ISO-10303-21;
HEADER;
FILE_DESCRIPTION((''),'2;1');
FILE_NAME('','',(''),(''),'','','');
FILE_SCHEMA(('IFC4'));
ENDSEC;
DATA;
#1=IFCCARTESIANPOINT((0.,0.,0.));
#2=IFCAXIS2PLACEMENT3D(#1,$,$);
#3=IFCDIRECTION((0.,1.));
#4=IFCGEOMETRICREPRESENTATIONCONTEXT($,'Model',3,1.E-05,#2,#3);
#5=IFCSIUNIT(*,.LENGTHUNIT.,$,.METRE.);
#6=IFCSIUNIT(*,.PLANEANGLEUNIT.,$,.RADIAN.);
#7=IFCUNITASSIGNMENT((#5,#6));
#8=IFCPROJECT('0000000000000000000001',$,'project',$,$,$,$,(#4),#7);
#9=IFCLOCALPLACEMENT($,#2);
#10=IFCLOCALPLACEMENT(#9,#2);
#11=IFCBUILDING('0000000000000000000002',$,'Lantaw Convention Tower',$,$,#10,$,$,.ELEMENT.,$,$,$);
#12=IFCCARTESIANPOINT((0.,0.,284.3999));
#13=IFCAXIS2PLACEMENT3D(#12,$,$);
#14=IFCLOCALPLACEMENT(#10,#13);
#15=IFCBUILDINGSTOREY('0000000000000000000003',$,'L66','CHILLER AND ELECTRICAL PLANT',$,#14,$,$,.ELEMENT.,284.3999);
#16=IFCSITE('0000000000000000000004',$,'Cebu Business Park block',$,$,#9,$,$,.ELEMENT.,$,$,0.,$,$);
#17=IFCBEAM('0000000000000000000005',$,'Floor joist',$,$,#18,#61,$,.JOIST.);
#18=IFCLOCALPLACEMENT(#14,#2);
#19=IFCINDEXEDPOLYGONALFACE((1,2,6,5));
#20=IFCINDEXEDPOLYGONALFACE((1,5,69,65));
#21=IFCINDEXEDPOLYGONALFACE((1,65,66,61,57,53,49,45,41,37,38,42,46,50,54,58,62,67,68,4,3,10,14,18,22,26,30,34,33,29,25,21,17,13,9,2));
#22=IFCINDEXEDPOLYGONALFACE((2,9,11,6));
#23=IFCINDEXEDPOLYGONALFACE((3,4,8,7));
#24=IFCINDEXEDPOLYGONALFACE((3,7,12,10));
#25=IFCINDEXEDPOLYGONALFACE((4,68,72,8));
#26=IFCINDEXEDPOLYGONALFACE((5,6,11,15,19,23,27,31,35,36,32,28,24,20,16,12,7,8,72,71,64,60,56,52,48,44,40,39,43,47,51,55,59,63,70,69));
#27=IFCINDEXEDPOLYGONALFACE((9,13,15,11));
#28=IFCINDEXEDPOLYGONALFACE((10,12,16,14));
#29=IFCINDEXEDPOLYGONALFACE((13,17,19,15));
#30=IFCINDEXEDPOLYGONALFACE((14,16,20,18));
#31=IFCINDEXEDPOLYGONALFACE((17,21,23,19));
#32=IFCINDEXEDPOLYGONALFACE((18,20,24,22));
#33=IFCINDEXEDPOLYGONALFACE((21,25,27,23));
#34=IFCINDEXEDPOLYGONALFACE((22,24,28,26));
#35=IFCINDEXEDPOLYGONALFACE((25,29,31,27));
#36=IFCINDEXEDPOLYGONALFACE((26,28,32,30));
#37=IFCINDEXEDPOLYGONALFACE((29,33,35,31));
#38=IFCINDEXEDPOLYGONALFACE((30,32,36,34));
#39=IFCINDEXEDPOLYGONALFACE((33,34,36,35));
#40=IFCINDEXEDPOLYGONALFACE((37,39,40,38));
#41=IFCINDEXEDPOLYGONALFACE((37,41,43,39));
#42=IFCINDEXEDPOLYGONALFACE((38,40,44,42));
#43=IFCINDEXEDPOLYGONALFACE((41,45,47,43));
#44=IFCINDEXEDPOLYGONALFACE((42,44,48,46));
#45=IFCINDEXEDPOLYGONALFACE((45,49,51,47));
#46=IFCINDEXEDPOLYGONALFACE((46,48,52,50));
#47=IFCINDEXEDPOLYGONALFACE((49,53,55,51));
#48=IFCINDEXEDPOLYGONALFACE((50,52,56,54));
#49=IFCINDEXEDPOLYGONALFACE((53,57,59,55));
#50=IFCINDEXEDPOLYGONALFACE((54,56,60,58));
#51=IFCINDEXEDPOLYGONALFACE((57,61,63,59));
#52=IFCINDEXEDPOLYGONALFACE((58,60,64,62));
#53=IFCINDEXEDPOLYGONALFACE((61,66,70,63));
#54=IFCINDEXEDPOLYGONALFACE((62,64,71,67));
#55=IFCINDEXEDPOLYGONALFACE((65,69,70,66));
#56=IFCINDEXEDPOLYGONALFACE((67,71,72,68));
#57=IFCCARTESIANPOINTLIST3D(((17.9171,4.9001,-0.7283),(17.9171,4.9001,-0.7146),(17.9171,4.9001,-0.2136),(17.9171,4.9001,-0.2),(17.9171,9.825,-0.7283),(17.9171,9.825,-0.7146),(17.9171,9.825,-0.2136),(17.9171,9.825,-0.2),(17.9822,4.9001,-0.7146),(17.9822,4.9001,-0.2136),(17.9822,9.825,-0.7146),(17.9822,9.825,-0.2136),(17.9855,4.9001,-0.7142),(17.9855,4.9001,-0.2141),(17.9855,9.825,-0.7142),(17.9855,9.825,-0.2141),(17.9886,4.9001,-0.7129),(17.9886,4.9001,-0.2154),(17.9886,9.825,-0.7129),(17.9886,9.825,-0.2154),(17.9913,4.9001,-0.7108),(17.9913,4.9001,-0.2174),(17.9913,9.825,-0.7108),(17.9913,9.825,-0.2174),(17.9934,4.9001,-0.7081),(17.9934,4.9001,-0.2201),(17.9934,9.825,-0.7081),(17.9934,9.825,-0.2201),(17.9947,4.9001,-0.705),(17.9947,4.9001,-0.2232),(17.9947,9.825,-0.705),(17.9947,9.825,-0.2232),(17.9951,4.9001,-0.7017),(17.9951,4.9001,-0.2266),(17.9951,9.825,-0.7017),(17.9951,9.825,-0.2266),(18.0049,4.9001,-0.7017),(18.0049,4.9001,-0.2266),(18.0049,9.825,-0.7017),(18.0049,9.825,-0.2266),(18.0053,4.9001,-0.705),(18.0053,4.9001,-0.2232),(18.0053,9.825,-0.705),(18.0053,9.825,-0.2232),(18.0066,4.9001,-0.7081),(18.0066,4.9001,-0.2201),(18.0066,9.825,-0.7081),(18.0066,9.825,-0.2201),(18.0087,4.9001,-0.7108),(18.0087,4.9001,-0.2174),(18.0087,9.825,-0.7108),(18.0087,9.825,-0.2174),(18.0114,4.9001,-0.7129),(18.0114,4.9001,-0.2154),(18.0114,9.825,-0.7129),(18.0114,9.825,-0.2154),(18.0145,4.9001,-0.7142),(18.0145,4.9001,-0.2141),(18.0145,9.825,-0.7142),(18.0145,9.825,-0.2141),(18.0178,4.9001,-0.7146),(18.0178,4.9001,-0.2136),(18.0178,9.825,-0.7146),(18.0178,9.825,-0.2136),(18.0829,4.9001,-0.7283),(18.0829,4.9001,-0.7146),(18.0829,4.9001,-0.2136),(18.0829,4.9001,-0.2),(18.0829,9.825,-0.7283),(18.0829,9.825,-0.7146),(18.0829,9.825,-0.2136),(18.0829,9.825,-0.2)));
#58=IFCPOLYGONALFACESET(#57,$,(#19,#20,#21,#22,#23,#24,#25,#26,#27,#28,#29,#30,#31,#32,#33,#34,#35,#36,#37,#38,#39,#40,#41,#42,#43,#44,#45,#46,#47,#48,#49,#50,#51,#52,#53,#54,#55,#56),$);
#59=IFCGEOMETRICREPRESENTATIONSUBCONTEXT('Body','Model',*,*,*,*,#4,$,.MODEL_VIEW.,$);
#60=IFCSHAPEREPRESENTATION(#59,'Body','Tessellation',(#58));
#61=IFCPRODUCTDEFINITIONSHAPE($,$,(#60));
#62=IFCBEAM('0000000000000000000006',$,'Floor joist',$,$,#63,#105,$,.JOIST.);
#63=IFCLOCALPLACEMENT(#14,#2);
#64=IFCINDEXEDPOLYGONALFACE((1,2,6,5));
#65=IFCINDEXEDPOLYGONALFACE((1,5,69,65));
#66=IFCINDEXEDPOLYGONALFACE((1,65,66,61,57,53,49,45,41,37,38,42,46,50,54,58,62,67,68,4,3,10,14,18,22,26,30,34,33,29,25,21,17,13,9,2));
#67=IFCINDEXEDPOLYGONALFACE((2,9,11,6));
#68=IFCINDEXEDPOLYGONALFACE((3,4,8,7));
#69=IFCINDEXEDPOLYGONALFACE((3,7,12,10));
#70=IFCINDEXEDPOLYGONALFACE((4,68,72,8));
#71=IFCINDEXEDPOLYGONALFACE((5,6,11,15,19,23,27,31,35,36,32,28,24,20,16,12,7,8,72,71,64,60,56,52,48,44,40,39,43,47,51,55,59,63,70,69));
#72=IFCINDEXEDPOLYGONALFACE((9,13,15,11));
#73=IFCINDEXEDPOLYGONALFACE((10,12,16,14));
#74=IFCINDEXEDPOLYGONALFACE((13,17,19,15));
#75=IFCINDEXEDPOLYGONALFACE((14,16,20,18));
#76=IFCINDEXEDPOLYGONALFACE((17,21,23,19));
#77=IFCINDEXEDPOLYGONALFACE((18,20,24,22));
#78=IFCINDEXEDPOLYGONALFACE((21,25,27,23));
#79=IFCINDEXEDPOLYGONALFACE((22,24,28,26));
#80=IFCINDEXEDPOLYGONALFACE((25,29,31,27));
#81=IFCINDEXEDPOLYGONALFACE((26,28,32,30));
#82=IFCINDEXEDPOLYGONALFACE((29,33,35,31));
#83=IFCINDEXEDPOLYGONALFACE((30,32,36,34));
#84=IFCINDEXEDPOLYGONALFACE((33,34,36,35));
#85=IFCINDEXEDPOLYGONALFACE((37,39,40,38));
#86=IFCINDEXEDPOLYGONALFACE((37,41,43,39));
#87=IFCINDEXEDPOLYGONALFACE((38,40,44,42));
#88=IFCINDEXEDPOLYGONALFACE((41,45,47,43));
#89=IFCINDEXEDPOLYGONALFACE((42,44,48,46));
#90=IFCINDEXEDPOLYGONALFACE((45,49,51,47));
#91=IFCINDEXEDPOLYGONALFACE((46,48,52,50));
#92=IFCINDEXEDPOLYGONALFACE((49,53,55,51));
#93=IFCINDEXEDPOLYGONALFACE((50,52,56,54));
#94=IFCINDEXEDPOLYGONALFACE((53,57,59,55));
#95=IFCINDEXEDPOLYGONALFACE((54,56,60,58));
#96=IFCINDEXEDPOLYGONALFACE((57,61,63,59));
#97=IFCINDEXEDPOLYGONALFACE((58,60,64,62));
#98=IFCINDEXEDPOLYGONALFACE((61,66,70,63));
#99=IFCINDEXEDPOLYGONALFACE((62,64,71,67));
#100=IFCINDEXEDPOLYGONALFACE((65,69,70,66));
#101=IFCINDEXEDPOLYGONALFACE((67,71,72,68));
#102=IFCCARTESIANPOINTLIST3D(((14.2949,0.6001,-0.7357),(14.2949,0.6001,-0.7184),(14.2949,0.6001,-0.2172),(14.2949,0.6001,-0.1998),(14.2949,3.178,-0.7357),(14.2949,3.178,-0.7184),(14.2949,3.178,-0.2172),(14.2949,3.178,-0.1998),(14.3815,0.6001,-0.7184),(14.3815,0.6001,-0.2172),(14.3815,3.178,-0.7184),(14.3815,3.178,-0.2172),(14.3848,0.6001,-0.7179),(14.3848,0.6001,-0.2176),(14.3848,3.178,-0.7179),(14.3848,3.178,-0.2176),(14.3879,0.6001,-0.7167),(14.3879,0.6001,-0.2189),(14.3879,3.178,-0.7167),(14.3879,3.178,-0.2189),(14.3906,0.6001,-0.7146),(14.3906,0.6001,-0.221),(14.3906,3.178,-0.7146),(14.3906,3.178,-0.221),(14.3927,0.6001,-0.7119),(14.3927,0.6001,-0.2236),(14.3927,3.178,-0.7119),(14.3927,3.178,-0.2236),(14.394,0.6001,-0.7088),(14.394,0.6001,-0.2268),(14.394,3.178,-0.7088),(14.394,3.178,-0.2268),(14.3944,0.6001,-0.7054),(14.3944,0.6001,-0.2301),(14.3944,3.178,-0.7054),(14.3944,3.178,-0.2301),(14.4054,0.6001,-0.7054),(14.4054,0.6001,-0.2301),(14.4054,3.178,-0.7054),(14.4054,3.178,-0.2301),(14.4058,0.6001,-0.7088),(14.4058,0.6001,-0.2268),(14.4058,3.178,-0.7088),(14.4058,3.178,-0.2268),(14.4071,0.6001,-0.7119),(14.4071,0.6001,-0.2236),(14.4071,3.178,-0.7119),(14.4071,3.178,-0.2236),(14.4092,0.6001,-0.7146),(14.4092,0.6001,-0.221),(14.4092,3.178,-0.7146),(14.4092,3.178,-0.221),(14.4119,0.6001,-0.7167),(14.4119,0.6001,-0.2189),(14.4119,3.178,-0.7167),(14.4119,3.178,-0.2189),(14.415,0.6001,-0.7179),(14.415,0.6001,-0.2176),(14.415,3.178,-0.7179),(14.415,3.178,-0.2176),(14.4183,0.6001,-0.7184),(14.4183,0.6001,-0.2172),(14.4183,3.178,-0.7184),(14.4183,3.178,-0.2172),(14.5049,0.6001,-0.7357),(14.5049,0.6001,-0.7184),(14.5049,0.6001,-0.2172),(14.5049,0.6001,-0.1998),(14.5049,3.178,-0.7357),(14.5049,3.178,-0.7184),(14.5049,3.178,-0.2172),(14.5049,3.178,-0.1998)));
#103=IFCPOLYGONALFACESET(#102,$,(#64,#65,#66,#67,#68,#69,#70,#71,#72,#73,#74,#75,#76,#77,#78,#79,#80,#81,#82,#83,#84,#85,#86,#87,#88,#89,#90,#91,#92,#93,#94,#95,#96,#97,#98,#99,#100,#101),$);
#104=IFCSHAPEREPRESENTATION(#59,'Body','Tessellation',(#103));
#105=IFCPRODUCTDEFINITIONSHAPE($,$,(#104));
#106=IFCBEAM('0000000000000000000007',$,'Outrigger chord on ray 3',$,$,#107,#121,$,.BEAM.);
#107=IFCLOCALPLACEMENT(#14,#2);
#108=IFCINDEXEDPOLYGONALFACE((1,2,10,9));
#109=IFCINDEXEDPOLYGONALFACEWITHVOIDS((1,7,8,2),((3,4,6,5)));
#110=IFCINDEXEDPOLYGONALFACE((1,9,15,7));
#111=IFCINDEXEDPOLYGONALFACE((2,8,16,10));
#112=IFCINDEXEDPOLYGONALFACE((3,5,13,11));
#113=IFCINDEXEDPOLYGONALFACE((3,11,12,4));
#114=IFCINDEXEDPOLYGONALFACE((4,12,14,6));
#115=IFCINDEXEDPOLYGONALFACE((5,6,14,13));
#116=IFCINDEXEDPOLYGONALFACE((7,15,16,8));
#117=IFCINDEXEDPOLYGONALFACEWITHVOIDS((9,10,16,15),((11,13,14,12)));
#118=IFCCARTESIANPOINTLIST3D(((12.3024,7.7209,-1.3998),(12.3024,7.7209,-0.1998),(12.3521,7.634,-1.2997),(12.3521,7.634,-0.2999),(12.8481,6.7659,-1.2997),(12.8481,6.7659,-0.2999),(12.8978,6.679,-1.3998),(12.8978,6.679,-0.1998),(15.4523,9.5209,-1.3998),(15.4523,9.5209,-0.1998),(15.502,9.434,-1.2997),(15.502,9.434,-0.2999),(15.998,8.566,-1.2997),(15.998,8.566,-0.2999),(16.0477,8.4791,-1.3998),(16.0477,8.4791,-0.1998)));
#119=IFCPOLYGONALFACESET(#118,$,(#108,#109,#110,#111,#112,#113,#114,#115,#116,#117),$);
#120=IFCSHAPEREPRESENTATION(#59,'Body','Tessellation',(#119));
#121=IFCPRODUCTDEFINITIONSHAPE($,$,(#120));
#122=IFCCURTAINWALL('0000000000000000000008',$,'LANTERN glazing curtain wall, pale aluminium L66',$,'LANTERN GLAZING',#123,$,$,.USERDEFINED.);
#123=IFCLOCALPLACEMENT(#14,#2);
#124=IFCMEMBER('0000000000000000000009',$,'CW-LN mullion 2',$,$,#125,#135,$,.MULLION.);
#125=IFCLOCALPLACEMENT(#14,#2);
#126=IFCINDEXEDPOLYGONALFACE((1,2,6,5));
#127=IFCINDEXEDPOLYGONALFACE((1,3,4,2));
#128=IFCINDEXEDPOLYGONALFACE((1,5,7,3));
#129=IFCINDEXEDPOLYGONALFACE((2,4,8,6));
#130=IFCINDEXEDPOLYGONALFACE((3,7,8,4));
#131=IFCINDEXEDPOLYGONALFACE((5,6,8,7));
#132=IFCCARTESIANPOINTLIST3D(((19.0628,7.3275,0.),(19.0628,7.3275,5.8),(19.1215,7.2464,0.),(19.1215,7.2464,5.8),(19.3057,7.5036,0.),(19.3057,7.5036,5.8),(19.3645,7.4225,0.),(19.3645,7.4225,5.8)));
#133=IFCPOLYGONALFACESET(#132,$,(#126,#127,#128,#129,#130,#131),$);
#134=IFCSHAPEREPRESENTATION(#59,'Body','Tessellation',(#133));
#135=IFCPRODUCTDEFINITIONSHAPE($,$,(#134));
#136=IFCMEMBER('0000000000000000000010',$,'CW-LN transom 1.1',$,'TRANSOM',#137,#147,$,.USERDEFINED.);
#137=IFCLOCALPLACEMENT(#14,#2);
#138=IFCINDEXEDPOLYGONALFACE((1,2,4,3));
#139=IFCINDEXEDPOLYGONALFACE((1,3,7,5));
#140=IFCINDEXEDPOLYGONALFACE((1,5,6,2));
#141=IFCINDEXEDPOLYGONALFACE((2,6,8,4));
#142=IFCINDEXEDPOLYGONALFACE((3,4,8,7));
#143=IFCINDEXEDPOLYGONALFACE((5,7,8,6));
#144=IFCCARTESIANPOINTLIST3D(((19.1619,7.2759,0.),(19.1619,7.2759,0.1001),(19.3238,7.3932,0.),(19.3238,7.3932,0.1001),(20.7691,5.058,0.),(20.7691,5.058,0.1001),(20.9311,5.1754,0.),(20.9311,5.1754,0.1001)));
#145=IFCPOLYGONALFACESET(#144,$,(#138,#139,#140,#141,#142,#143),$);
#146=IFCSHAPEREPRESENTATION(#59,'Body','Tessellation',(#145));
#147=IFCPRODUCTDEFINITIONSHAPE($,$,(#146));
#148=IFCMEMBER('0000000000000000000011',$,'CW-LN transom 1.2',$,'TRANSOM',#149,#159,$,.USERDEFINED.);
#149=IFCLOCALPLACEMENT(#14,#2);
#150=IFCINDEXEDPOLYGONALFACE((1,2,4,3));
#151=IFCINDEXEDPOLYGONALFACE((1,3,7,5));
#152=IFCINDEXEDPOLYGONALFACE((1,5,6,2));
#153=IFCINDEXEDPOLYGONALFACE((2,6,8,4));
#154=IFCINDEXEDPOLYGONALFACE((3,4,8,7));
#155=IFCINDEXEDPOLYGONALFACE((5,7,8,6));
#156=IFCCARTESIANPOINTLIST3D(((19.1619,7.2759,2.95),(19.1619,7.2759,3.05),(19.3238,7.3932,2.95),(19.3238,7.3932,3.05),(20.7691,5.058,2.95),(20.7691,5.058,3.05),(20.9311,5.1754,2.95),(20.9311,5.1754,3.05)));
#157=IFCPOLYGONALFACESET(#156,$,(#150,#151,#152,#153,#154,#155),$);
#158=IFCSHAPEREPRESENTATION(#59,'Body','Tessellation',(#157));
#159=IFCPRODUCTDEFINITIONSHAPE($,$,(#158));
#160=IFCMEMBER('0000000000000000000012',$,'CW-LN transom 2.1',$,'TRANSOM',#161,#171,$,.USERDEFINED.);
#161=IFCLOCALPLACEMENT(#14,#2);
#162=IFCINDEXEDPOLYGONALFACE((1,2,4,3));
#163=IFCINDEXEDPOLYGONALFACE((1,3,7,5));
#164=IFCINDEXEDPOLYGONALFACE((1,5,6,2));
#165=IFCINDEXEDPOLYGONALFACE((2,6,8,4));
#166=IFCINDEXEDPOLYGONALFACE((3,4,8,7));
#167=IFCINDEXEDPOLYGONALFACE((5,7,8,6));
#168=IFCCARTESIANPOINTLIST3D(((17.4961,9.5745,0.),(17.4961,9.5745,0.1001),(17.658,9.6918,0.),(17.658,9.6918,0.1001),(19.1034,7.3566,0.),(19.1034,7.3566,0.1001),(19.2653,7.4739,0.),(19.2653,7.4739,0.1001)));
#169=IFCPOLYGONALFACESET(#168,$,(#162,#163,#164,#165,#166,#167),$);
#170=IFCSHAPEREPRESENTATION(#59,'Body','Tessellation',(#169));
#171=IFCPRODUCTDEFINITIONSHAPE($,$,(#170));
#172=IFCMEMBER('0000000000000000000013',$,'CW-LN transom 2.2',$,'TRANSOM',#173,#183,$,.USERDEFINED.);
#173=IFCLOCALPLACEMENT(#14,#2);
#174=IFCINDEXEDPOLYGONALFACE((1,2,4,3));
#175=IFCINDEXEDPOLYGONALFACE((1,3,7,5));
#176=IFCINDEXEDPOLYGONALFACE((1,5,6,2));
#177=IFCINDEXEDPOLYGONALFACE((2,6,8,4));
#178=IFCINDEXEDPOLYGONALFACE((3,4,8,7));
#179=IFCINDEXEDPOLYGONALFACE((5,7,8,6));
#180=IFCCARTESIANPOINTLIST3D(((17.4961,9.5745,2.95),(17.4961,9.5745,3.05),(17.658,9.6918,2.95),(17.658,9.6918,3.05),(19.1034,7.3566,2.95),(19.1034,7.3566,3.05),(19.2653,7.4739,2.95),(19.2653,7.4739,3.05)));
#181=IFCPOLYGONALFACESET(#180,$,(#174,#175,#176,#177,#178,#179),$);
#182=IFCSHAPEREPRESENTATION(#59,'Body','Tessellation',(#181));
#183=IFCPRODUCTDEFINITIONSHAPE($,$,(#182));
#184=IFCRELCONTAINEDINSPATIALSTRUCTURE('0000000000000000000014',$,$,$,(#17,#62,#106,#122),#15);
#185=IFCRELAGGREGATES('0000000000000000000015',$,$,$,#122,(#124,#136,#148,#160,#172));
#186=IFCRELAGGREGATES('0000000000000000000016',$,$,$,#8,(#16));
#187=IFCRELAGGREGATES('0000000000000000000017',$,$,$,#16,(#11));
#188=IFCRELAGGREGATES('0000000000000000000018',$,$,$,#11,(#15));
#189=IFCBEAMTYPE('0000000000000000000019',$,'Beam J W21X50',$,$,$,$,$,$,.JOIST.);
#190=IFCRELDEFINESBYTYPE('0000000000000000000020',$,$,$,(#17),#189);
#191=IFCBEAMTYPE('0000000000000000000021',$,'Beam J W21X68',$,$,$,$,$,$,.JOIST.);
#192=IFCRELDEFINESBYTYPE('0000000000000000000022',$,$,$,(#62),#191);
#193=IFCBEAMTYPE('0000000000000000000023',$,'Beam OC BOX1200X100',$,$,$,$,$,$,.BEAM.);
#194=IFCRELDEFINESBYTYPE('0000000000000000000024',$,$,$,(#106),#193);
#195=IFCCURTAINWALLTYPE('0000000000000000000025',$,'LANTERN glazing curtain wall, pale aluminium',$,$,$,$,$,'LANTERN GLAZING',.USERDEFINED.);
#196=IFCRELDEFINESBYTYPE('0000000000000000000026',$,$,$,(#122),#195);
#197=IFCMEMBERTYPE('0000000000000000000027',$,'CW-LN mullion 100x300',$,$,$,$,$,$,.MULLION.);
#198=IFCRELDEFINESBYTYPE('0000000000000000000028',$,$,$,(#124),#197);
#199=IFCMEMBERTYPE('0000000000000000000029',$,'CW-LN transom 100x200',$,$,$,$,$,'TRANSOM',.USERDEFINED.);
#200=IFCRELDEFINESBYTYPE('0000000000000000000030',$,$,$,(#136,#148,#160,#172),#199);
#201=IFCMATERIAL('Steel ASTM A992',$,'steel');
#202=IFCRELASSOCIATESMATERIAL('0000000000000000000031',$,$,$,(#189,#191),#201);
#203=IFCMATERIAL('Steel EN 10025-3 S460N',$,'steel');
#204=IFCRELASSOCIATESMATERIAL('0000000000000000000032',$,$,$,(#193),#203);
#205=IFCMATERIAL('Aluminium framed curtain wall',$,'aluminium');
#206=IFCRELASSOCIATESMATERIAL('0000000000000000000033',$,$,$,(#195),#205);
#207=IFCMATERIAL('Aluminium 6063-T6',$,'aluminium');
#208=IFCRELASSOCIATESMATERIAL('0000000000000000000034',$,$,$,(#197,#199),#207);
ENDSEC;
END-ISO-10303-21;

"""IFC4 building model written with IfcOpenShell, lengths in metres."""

from ifc_helpers import new_model, si_unit, direction, frame, origin, origin_2d, place, context, subcontext, project, spatial, rectangle, hollow_rectangle, i_section, extrude, material, material_profile, profile_set, type_object, element, aggregate, save


model = new_model("IFC4")

# Units and contexts
model_context = context("Model", 3, precision=1e-05, world=origin(), true_north=direction((0.0, 1.0)))
body_context = subcontext(model_context, "Body", "Model", "MODEL_VIEW")
ifc_project = project(units=[si_unit("LENGTHUNIT", "METRE"), si_unit("PLANEANGLEUNIT", "RADIAN")], contexts=[model_context])

# Site, building, storey
site_placement = place(None, origin())
site = spatial("IfcSite", under=ifc_project, at=site_placement, Name="Cebu Business Park block", CompositionType="ELEMENT", RefElevation=0.0)
building_placement = place(site_placement, origin())
building = spatial("IfcBuilding", under=site, at=building_placement, Name="Lantaw Convention Tower", CompositionType="ELEMENT")
storey_placement = place(building_placement, frame((0.0, 0.0, 284.3999)))
storey = spatial("IfcBuildingStorey", under=building, at=storey_placement, Name="L66", Description="CHILLER AND ELECTRICAL PLANT", CompositionType="ELEMENT", Elevation=284.3999)

# Shared definitions
ifc_material_1 = material(Name="Steel EN 10025-3 S460N", Category="steel")

# Beams
ifc_material_2 = material(Name="Steel ASTM A992", Category="steel")
ifc_material_profile_1 = material_profile(ifc_material_2, i_section(OverallWidth=0.1658, OverallDepth=0.5283, WebThickness=0.0098, FlangeThickness=0.0137, FilletRadius=0.0129, at=origin_2d()), Name="W21X50")
ifc_profile_set_1 = profile_set([ifc_material_profile_1], Name="Steel ASTM A992")
beam_type_1 = type_object("IfcBeamType", Name="Beam J W21X50", PredefinedType="JOIST", material=ifc_profile_set_1)
beam_1_placement = place(storey_placement, frame((18.0, 4.9001, -0.4641), z_axis=(0.0, 1.0, 0.0), x_axis=(-1.0, 0.0, 0.0)))
element("IfcBeam", 1, at=beam_1_placement, inside=storey, type_object=beam_type_1, Name="Floor joist", PredefinedType="JOIST", context=body_context, shape_type="SweptSolid", body=[
    extrude(i_section(OverallWidth=0.1658, OverallDepth=0.5283, WebThickness=0.0098, FlangeThickness=0.0137, FilletRadius=0.0129, at=origin_2d()), origin(), (0.0, 0.0, 1.0), 4.9248),
])
ifc_material_profile_2 = material_profile(ifc_material_2, i_section(OverallWidth=0.21, OverallDepth=0.5359, WebThickness=0.011, FlangeThickness=0.0173, FilletRadius=0.0129, at=origin_2d()), Name="W21X68")
ifc_profile_set_2 = profile_set([ifc_material_profile_2], Name="Steel ASTM A992")
beam_type_2 = type_object("IfcBeamType", Name="Beam J W21X68", PredefinedType="JOIST", material=ifc_profile_set_2)
beam_2_placement = place(storey_placement, frame((14.3999, 0.6001, -0.4678), z_axis=(0.0, 1.0, 0.0), x_axis=(-1.0, 0.0, 0.0)))
element("IfcBeam", 2, at=beam_2_placement, inside=storey, type_object=beam_type_2, Name="Floor joist", PredefinedType="JOIST", context=body_context, shape_type="SweptSolid", body=[
    extrude(i_section(OverallWidth=0.21, OverallDepth=0.5359, WebThickness=0.011, FlangeThickness=0.0173, FilletRadius=0.0129, at=origin_2d()), origin(), (0.0, 0.0, 1.0), 2.5779),
])
ifc_material_profile_3 = material_profile(ifc_material_1, hollow_rectangle(XDim=1.2, YDim=1.2, WallThickness=0.1001, at=origin_2d()), Name="BOX1200X100")
ifc_profile_set_3 = profile_set([ifc_material_profile_3], Name="Steel EN 10025-3 S460N")
beam_type_3 = type_object("IfcBeamType", Name="Beam OC BOX1200X100", PredefinedType="BEAM", material=ifc_profile_set_3)
beam_3_placement = place(storey_placement, frame((12.6001, 7.2, -0.7998), z_axis=(0.868231, 0.496161, 0.0), x_axis=(-0.496161, 0.868231, 0.0)))
element("IfcBeam", 3, at=beam_3_placement, inside=storey, type_object=beam_type_3, Name="Outrigger chord on ray 3", PredefinedType="BEAM", context=body_context, shape_type="SweptSolid", body=[
    extrude(hollow_rectangle(XDim=1.2, YDim=1.2, WallThickness=0.1001, at=origin_2d()), origin(), (0.0, 0.0, 1.0), 3.6279),
])

# Curtain wall, members
ifc_material_3 = material(Name="Aluminium framed curtain wall", Category="aluminium")
curtain_wall_type = type_object("IfcCurtainWallType", Name="LANTERN glazing curtain wall, pale aluminium", ElementType="LANTERN GLAZING", PredefinedType="USERDEFINED", material=ifc_material_3)
curtain_wall_placement = place(storey_placement, origin())
curtain_wall = element("IfcCurtainWall", 4, at=curtain_wall_placement, inside=storey, type_object=curtain_wall_type, Name="LANTERN glazing curtain wall, pale aluminium L66", ObjectType="LANTERN GLAZING", PredefinedType="USERDEFINED")
ifc_material_4 = material(Name="Aluminium 6063-T6", Category="aluminium")
ifc_material_profile_4 = material_profile(ifc_material_4, rectangle(XDim=0.3, YDim=0.1001, at=origin_2d()), Name="CW-LN mullion 100x300")
ifc_profile_set_4 = profile_set([ifc_material_profile_4], Name="Aluminium 6063-T6")
member_type_1 = type_object("IfcMemberType", Name="CW-LN mullion 100x300", PredefinedType="MULLION", material=ifc_profile_set_4)
member_1_placement = place(storey_placement, frame((19.2136, 7.375, 0.0), z_axis=(0.0, 0.0, 1.0), x_axis=(-0.809742, -0.586786, 0.0)))
member_1 = element("IfcMember", 5, at=member_1_placement, type_object=member_type_1, Name="CW-LN mullion 2", PredefinedType="MULLION", context=body_context, shape_type="SweptSolid", body=[
    extrude(rectangle(XDim=0.3, YDim=0.1001, at=origin_2d()), origin(), (0.0, 0.0, 1.0), 5.8),
])
ifc_material_profile_5 = material_profile(ifc_material_4, rectangle(XDim=0.2, YDim=0.1001, at=origin_2d()), Name="CW-LN transom 100x200")
ifc_profile_set_5 = profile_set([ifc_material_profile_5], Name="Aluminium 6063-T6")
member_type_2 = type_object("IfcMemberType", Name="CW-LN transom 100x200", ElementType="TRANSOM", PredefinedType="USERDEFINED", material=ifc_profile_set_5)
member_2_placement = place(storey_placement, frame((20.8501, 5.1167, 0.05), z_axis=(-0.586798, 0.809733, 0.0), x_axis=(-0.809733, -0.586798, 0.0)))
member_2 = element("IfcMember", 6, at=member_2_placement, type_object=member_type_2, Name="CW-LN transom 1.1", ObjectType="TRANSOM", PredefinedType="USERDEFINED", context=body_context, shape_type="SweptSolid", body=[
    extrude(rectangle(XDim=0.2, YDim=0.1001, at=origin_2d()), origin(), (0.0, 0.0, 1.0), 2.739),
])
member_3_placement = place(storey_placement, frame((20.8501, 5.1167, 3.0), z_axis=(-0.586798, 0.809733, 0.0), x_axis=(-0.809733, -0.586798, 0.0)))
member_3 = element("IfcMember", 7, at=member_3_placement, type_object=member_type_2, Name="CW-LN transom 1.2", ObjectType="TRANSOM", PredefinedType="USERDEFINED", context=body_context, shape_type="SweptSolid", body=[
    extrude(rectangle(XDim=0.2, YDim=0.1001, at=origin_2d()), origin(), (0.0, 0.0, 1.0), 2.739),
])
member_4_placement = place(storey_placement, frame((19.1843, 7.4153, 0.05), z_axis=(-0.586798, 0.809733, 0.0), x_axis=(-0.809733, -0.586798, 0.0)))
member_4 = element("IfcMember", 8, at=member_4_placement, type_object=member_type_2, Name="CW-LN transom 2.1", ObjectType="TRANSOM", PredefinedType="USERDEFINED", context=body_context, shape_type="SweptSolid", body=[
    extrude(rectangle(XDim=0.2, YDim=0.1001, at=origin_2d()), origin(), (0.0, 0.0, 1.0), 2.739),
])
member_5_placement = place(storey_placement, frame((19.1843, 7.4153, 3.0), z_axis=(-0.586798, 0.809733, 0.0), x_axis=(-0.809733, -0.586798, 0.0)))
member_5 = element("IfcMember", 9, at=member_5_placement, type_object=member_type_2, Name="CW-LN transom 2.2", ObjectType="TRANSOM", PredefinedType="USERDEFINED", context=body_context, shape_type="SweptSolid", body=[
    extrude(rectangle(XDim=0.2, YDim=0.1001, at=origin_2d()), origin(), (0.0, 0.0, 1.0), 2.739),
])

aggregate(curtain_wall, [member_1, member_2, member_3, member_4, member_5])

save(model, "model.ifc")
